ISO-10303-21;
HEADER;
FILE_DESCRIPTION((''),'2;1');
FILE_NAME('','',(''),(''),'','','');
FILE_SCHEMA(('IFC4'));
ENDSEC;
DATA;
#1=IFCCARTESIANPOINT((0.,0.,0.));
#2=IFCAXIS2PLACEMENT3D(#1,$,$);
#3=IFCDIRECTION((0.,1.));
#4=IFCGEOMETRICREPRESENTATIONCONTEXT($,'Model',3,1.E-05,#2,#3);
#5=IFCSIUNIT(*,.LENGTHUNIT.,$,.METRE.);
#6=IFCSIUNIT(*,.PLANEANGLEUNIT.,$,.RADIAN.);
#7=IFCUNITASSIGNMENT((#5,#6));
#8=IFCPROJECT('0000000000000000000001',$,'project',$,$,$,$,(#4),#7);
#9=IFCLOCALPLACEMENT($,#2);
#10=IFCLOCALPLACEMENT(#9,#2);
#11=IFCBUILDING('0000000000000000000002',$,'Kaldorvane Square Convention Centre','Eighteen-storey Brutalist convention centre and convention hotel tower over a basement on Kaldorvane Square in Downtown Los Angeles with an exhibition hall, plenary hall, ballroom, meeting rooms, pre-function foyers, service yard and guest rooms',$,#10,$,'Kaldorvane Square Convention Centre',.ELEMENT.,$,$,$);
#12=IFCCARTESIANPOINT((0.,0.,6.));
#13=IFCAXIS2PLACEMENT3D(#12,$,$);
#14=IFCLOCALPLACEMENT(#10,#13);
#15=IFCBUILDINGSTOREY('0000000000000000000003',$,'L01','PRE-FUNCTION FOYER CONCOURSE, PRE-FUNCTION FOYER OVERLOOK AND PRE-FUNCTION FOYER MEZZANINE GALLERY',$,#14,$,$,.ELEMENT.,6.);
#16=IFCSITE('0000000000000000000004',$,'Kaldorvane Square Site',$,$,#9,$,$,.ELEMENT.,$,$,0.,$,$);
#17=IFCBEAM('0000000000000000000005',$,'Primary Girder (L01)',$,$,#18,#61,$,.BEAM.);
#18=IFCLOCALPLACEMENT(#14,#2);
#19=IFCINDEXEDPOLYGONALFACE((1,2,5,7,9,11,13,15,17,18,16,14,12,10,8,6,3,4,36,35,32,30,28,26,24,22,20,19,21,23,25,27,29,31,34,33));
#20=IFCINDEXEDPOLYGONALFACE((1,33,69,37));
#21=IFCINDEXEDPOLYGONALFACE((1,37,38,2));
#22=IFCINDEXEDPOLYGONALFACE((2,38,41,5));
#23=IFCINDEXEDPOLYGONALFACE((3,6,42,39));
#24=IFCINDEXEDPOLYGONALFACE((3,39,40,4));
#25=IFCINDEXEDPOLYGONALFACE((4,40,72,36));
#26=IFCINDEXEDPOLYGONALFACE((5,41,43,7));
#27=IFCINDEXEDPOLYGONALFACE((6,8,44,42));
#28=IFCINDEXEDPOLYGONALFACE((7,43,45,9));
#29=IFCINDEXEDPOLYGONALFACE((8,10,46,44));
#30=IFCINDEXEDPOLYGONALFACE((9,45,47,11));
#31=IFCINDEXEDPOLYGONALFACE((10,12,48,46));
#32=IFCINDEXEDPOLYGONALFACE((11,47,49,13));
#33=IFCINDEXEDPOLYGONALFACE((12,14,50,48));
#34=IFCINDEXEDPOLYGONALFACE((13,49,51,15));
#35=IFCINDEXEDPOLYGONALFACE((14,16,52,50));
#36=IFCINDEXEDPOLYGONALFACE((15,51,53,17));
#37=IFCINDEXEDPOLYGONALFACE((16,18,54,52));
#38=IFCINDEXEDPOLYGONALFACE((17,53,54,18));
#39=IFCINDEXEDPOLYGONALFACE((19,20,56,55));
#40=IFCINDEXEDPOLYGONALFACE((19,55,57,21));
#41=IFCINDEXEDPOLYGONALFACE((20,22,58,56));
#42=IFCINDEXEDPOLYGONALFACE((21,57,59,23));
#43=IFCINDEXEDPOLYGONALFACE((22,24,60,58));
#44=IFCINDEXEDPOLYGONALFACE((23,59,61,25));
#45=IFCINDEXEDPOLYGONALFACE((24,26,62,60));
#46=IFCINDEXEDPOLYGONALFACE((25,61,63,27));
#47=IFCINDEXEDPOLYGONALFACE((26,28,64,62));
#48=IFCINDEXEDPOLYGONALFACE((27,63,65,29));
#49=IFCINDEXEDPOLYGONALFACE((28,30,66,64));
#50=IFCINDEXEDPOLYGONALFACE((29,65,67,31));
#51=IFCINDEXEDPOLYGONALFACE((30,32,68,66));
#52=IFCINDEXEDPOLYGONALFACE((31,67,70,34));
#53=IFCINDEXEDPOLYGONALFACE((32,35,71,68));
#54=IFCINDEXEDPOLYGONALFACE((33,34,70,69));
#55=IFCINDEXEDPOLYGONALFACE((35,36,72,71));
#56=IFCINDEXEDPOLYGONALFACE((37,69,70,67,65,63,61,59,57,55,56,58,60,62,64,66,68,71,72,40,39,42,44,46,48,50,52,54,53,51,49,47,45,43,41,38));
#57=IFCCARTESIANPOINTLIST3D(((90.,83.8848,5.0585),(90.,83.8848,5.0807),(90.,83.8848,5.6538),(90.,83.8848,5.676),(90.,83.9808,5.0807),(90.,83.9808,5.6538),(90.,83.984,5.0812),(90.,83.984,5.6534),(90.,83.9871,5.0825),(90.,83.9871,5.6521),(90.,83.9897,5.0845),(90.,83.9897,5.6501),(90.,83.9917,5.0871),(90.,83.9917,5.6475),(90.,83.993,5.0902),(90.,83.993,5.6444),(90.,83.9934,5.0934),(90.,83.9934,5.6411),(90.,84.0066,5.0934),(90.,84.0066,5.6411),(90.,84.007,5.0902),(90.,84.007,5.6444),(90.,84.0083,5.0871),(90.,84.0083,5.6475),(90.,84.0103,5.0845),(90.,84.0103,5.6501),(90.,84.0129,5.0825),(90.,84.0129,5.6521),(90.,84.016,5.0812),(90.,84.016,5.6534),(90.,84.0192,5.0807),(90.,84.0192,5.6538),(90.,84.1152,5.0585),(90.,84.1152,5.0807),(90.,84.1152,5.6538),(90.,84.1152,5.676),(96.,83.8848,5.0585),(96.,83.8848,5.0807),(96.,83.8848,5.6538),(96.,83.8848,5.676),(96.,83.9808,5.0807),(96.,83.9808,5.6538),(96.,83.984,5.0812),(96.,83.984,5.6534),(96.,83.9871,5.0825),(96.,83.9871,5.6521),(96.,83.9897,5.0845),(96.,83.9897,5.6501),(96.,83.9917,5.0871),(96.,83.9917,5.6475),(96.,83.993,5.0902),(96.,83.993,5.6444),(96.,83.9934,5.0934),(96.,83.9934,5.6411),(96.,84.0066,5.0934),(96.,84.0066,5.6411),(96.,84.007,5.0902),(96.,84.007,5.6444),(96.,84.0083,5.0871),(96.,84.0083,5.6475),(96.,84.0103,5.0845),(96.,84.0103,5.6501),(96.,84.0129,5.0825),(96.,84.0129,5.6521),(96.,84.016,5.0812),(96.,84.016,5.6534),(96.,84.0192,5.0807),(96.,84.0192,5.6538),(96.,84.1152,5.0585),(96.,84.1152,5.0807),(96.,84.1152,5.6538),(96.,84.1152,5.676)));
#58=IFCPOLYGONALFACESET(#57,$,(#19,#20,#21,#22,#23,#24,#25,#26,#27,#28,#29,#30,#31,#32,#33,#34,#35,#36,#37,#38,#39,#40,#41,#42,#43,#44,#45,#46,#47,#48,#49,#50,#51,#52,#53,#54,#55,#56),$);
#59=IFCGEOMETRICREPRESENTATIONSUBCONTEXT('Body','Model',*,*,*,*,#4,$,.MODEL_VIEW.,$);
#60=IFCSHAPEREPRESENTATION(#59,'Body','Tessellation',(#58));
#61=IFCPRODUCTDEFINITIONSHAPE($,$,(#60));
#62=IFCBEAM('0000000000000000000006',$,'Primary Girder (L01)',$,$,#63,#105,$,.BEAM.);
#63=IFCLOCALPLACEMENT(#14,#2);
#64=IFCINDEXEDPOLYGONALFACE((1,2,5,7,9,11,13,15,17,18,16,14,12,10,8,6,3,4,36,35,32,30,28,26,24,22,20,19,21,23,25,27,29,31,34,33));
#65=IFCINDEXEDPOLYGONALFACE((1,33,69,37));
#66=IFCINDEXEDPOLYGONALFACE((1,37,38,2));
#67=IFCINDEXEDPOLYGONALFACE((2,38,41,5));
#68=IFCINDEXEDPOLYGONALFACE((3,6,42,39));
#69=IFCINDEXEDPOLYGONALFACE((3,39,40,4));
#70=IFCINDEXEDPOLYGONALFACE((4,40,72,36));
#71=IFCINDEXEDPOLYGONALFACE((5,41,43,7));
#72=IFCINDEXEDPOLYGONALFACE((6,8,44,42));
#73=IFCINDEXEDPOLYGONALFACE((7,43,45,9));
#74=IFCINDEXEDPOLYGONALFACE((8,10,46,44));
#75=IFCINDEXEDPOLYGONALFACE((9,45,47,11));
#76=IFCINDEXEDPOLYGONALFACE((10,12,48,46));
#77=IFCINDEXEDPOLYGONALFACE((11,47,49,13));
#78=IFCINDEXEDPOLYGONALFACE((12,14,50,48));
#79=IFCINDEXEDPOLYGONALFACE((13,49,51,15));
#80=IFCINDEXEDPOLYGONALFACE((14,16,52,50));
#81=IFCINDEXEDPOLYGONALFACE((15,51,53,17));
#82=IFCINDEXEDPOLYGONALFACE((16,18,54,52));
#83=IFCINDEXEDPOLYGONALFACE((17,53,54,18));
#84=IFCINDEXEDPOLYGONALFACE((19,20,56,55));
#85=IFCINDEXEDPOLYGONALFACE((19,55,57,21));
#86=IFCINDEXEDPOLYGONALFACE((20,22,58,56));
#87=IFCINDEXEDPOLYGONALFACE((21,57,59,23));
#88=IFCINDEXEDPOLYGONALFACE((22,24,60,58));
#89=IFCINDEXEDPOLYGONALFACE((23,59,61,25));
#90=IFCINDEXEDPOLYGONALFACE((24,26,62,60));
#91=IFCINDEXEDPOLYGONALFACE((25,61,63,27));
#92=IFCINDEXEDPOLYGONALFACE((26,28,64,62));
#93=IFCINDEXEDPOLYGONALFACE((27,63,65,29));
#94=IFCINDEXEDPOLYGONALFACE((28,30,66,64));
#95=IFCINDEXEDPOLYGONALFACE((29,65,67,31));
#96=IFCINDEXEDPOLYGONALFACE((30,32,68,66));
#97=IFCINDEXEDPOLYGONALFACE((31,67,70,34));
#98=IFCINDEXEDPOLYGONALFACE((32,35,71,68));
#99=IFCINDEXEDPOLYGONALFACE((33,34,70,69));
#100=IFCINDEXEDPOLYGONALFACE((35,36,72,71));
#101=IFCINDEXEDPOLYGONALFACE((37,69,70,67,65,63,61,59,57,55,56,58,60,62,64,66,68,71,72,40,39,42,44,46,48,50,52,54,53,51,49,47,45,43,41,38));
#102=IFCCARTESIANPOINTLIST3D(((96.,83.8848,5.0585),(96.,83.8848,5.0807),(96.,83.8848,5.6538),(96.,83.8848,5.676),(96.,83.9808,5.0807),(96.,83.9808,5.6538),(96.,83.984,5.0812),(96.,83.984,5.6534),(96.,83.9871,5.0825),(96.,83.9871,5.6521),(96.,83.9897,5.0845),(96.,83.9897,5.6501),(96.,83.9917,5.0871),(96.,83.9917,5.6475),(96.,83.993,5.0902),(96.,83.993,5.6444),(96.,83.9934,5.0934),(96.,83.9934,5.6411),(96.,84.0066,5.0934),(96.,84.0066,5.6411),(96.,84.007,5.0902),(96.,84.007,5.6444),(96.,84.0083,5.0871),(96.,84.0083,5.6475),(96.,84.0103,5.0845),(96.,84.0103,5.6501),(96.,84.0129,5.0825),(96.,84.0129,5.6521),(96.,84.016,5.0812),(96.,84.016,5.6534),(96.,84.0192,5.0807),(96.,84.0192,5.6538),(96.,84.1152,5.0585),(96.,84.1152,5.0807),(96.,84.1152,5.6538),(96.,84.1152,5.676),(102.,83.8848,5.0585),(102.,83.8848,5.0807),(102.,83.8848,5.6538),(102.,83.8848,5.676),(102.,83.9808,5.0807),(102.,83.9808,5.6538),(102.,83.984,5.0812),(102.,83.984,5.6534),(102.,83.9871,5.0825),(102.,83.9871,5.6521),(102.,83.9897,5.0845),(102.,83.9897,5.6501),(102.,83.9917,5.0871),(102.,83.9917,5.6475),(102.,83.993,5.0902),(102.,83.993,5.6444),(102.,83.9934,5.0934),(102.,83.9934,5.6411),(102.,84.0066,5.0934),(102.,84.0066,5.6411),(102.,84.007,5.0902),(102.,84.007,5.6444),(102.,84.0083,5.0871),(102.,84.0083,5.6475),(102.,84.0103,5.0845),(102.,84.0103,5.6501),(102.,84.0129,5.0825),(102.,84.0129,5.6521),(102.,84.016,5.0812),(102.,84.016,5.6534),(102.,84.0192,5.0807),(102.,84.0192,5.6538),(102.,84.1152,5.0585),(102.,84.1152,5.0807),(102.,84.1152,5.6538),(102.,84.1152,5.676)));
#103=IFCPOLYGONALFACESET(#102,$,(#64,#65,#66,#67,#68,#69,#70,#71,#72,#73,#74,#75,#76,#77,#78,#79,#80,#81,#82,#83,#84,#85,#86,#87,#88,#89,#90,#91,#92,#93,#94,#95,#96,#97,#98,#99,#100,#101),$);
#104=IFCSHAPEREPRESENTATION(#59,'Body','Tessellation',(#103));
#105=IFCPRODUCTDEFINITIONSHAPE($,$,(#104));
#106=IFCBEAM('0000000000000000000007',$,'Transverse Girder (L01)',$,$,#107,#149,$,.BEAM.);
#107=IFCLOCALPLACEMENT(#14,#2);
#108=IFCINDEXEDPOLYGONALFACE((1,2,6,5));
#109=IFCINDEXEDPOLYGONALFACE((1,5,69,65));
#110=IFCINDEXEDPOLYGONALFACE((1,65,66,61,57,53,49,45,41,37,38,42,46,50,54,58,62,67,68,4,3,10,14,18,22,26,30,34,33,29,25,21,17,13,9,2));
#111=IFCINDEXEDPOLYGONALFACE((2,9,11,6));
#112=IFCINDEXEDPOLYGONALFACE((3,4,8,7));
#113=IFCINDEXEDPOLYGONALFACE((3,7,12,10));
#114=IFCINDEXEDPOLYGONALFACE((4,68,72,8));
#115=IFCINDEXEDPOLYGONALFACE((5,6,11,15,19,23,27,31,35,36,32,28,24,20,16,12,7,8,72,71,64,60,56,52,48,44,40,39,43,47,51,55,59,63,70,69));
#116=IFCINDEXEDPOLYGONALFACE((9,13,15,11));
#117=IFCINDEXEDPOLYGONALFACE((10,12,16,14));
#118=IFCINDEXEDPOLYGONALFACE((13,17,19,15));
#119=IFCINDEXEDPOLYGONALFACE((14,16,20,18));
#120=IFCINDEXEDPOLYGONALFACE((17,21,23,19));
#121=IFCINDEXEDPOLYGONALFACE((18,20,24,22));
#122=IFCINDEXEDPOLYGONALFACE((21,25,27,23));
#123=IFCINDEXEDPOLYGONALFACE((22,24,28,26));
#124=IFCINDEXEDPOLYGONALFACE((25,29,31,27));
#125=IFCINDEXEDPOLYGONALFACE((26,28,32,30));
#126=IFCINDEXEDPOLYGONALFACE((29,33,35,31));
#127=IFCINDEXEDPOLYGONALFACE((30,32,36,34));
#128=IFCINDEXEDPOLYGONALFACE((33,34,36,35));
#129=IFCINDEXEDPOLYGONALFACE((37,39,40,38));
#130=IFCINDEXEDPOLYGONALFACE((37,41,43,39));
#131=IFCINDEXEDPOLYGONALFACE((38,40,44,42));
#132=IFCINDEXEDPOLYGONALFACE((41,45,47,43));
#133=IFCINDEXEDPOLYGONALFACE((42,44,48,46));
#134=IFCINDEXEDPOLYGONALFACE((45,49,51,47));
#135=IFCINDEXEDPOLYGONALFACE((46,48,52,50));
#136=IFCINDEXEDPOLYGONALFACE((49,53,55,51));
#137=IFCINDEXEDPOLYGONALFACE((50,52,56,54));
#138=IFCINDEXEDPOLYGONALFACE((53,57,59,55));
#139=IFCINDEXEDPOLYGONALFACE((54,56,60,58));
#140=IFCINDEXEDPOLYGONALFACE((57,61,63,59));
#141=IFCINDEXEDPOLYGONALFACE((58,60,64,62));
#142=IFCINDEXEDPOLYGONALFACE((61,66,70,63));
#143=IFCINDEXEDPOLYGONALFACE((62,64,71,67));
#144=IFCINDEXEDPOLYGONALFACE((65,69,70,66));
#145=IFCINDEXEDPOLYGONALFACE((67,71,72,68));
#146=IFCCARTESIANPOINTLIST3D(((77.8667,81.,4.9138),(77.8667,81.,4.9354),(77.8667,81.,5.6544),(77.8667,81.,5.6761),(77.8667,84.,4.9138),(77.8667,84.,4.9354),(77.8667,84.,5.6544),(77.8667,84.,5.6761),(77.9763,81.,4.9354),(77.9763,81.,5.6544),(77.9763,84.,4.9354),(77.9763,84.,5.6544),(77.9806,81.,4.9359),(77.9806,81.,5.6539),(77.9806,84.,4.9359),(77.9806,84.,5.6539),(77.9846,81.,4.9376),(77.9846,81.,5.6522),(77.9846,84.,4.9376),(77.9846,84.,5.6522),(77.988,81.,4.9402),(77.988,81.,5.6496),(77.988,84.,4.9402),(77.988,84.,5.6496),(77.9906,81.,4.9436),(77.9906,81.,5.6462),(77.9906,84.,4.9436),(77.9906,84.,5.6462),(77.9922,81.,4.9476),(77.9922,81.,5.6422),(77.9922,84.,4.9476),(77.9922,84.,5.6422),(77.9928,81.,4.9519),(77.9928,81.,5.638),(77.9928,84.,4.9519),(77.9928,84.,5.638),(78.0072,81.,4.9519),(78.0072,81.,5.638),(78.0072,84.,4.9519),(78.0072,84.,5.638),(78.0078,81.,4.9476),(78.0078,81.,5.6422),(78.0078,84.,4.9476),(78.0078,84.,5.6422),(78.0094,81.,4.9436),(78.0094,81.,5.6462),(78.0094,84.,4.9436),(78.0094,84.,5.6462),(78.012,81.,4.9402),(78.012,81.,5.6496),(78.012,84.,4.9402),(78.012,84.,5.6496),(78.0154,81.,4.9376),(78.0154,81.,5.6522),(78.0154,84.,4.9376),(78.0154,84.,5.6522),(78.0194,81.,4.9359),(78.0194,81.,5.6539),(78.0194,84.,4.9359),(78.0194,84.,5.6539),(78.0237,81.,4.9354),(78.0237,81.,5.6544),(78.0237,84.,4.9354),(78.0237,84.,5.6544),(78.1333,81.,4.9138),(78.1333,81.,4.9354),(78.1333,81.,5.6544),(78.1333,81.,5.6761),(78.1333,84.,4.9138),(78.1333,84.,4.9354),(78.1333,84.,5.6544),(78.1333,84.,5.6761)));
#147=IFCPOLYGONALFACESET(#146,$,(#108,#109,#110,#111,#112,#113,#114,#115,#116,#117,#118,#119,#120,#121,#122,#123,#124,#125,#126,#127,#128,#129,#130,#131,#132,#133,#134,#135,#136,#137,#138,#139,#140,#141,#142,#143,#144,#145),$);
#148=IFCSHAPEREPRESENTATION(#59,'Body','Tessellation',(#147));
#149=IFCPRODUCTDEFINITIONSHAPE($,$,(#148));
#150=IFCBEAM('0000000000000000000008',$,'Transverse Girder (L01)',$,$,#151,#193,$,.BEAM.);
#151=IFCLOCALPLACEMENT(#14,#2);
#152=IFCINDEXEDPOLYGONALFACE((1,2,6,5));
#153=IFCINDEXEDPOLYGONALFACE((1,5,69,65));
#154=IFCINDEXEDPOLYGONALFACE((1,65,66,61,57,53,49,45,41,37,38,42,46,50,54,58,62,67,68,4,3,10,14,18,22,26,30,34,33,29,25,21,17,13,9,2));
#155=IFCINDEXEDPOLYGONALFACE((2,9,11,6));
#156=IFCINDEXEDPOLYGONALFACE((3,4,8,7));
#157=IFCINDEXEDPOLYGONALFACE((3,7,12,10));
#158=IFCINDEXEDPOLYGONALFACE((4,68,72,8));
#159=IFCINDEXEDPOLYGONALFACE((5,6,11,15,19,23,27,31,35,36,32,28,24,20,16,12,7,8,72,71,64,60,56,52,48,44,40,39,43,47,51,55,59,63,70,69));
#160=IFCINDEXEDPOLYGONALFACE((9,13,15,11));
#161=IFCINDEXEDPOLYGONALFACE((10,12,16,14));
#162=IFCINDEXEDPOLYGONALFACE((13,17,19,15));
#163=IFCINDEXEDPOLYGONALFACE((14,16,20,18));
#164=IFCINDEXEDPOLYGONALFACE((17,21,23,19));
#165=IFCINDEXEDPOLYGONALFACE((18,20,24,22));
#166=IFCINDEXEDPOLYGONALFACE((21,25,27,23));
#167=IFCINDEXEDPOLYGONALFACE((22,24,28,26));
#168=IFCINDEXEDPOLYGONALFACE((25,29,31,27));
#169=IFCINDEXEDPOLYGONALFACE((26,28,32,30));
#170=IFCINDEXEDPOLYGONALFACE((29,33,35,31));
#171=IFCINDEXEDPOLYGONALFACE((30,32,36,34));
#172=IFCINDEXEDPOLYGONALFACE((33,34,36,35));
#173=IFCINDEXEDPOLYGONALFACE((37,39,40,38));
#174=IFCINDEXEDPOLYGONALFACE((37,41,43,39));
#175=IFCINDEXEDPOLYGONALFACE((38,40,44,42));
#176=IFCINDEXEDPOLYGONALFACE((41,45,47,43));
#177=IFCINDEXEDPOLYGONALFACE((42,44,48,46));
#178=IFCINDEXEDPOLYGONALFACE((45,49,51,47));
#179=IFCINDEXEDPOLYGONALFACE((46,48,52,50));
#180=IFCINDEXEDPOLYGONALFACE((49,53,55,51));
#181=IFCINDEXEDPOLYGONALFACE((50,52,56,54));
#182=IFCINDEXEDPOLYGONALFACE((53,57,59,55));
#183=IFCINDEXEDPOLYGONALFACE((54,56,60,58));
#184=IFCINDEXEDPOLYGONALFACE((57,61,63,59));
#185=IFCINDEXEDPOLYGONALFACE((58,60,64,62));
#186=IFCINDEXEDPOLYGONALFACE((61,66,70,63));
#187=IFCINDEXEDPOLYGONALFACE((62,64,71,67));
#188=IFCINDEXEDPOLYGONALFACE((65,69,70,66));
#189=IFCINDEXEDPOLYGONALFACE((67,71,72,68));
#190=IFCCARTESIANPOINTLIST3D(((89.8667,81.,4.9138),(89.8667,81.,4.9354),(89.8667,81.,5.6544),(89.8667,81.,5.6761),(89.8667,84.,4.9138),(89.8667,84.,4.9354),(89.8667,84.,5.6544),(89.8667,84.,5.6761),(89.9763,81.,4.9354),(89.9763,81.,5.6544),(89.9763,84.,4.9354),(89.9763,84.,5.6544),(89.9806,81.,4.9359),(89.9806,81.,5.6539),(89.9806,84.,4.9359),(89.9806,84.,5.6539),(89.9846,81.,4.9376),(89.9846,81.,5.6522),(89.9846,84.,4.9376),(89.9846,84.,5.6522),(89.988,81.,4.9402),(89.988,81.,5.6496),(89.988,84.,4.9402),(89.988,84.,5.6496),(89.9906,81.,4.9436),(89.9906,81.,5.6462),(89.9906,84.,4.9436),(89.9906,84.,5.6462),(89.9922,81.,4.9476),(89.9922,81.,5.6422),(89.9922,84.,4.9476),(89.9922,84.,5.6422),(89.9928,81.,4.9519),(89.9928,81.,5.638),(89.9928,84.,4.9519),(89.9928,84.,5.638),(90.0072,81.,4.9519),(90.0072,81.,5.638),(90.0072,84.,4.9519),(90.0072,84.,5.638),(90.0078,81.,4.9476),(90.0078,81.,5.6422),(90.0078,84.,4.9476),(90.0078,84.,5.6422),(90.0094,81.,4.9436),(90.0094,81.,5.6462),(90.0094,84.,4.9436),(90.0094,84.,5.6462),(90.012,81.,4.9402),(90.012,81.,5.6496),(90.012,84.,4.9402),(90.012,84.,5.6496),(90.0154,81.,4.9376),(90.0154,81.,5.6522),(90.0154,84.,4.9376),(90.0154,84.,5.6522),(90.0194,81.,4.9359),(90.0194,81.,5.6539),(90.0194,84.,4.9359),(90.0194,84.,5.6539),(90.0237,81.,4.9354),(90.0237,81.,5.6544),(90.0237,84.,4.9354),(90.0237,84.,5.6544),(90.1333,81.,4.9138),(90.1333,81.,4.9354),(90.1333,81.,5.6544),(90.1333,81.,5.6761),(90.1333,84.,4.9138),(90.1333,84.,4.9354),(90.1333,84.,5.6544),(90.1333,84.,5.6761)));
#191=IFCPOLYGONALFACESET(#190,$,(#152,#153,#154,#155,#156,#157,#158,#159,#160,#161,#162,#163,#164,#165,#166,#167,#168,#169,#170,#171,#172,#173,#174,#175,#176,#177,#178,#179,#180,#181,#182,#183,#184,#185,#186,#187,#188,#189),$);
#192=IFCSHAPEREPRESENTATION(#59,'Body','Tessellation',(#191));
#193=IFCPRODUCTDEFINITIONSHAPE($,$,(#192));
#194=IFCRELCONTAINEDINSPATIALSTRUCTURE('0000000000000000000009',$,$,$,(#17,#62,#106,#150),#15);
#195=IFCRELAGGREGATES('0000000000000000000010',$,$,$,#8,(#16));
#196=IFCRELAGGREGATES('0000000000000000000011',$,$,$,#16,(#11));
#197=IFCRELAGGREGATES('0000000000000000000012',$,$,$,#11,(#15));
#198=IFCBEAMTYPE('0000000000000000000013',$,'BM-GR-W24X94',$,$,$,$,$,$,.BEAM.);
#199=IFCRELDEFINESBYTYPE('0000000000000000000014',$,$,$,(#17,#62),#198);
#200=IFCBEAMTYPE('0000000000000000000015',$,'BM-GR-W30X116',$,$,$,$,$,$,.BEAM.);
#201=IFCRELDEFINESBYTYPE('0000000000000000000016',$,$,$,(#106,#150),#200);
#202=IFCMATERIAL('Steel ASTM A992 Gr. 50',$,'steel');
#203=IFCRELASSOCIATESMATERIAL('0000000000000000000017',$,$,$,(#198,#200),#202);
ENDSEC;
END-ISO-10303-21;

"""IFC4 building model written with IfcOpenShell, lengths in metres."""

from ifc_helpers import new_model, si_unit, direction, frame, origin, origin_2d, place, context, subcontext, project, spatial, i_section, extrude, material, material_profile, profile_set, type_object, element, save


model = new_model("IFC4")

# Units and contexts
model_context = context("Model", 3, precision=1e-05, world=origin(), true_north=direction((0.0, 1.0)))
body_context = subcontext(model_context, "Body", "Model", "MODEL_VIEW")
ifc_project = project(units=[si_unit("LENGTHUNIT", "METRE"), si_unit("PLANEANGLEUNIT", "RADIAN")], contexts=[model_context])

# Site, building, storey
site_placement = place(None, origin())
site = spatial("IfcSite", under=ifc_project, at=site_placement, Name="Kaldorvane Square Site", CompositionType="ELEMENT", RefElevation=0.0)
building_placement = place(site_placement, origin())
building = spatial("IfcBuilding", under=site, at=building_placement, Name="Kaldorvane Square Convention Centre", Description="Eighteen-storey Brutalist convention centre and convention hotel tower over a basement on Kaldorvane Square in Downtown Los Angeles with an exhibition hall, plenary hall, ballroom, meeting rooms, pre-function foyers, service yard and guest rooms", LongName="Kaldorvane Square Convention Centre", CompositionType="ELEMENT")
storey_placement = place(building_placement, frame((0.0, 0.0, 6.0)))
storey = spatial("IfcBuildingStorey", under=building, at=storey_placement, Name="L01", Description="PRE-FUNCTION FOYER CONCOURSE, PRE-FUNCTION FOYER OVERLOOK AND PRE-FUNCTION FOYER MEZZANINE GALLERY", CompositionType="ELEMENT", Elevation=6.0)

# Shared definitions
ifc_material_1 = material(Name="Steel ASTM A992 Gr. 50", Category="steel")

# Beams
ifc_material_profile_1 = material_profile(ifc_material_1, i_section(OverallWidth=0.2303, OverallDepth=0.6175, WebThickness=0.0131, FlangeThickness=0.0222, FilletRadius=0.0127, at=origin_2d()), Name="W24X94")
ifc_profile_set_1 = profile_set([ifc_material_profile_1], Name="Steel ASTM A992 Gr. 50")
beam_type_1 = type_object("IfcBeamType", Name="BM-GR-W24X94", PredefinedType="BEAM", material=ifc_profile_set_1)
for number, where, z_axis, x_axis, name in (
    (1, (90.0, 84.0, 5.3673), (1.0, 0.0, 0.0), (0.0, 1.0, 0.0), "Primary Girder (L01)"),
    (2, (96.0, 84.0, 5.3673), (1.0, 0.0, 0.0), (0.0, 1.0, 0.0), "Primary Girder (L01)"),
):
    element("IfcBeam", number, at=place(storey_placement, frame(where, z_axis=z_axis, x_axis=x_axis)), inside=storey, type_object=beam_type_1, Name=name, PredefinedType="BEAM", context=body_context, shape_type="SweptSolid", body=[
        extrude(i_section(OverallWidth=0.2303, OverallDepth=0.6175, WebThickness=0.0131, FlangeThickness=0.0222, FilletRadius=0.0127, at=origin_2d()), origin(), (0.0, 0.0, 1.0), 6.0),
    ])
ifc_material_profile_2 = material_profile(ifc_material_1, i_section(OverallWidth=0.2666, OverallDepth=0.7623, WebThickness=0.0144, FlangeThickness=0.0216, FilletRadius=0.0165, at=origin_2d()), Name="W30X116")
ifc_profile_set_2 = profile_set([ifc_material_profile_2], Name="Steel ASTM A992 Gr. 50")
beam_type_2 = type_object("IfcBeamType", Name="BM-GR-W30X116", PredefinedType="BEAM", material=ifc_profile_set_2)
for number, where, z_axis, x_axis, name in (
    (3, (78.0, 81.0, 5.2949), (0.0, 1.0, 0.0), (-1.0, 0.0, 0.0), "Transverse Girder (L01)"),
    (4, (90.0, 81.0, 5.2949), (0.0, 1.0, 0.0), (-1.0, 0.0, 0.0), "Transverse Girder (L01)"),
):
    element("IfcBeam", number, at=place(storey_placement, frame(where, z_axis=z_axis, x_axis=x_axis)), inside=storey, type_object=beam_type_2, Name=name, PredefinedType="BEAM", context=body_context, shape_type="SweptSolid", body=[
        extrude(i_section(OverallWidth=0.2666, OverallDepth=0.7623, WebThickness=0.0144, FlangeThickness=0.0216, FilletRadius=0.0165, at=origin_2d()), origin(), (0.0, 0.0, 1.0), 3.0),
    ])

save(model, "model.ifc")
